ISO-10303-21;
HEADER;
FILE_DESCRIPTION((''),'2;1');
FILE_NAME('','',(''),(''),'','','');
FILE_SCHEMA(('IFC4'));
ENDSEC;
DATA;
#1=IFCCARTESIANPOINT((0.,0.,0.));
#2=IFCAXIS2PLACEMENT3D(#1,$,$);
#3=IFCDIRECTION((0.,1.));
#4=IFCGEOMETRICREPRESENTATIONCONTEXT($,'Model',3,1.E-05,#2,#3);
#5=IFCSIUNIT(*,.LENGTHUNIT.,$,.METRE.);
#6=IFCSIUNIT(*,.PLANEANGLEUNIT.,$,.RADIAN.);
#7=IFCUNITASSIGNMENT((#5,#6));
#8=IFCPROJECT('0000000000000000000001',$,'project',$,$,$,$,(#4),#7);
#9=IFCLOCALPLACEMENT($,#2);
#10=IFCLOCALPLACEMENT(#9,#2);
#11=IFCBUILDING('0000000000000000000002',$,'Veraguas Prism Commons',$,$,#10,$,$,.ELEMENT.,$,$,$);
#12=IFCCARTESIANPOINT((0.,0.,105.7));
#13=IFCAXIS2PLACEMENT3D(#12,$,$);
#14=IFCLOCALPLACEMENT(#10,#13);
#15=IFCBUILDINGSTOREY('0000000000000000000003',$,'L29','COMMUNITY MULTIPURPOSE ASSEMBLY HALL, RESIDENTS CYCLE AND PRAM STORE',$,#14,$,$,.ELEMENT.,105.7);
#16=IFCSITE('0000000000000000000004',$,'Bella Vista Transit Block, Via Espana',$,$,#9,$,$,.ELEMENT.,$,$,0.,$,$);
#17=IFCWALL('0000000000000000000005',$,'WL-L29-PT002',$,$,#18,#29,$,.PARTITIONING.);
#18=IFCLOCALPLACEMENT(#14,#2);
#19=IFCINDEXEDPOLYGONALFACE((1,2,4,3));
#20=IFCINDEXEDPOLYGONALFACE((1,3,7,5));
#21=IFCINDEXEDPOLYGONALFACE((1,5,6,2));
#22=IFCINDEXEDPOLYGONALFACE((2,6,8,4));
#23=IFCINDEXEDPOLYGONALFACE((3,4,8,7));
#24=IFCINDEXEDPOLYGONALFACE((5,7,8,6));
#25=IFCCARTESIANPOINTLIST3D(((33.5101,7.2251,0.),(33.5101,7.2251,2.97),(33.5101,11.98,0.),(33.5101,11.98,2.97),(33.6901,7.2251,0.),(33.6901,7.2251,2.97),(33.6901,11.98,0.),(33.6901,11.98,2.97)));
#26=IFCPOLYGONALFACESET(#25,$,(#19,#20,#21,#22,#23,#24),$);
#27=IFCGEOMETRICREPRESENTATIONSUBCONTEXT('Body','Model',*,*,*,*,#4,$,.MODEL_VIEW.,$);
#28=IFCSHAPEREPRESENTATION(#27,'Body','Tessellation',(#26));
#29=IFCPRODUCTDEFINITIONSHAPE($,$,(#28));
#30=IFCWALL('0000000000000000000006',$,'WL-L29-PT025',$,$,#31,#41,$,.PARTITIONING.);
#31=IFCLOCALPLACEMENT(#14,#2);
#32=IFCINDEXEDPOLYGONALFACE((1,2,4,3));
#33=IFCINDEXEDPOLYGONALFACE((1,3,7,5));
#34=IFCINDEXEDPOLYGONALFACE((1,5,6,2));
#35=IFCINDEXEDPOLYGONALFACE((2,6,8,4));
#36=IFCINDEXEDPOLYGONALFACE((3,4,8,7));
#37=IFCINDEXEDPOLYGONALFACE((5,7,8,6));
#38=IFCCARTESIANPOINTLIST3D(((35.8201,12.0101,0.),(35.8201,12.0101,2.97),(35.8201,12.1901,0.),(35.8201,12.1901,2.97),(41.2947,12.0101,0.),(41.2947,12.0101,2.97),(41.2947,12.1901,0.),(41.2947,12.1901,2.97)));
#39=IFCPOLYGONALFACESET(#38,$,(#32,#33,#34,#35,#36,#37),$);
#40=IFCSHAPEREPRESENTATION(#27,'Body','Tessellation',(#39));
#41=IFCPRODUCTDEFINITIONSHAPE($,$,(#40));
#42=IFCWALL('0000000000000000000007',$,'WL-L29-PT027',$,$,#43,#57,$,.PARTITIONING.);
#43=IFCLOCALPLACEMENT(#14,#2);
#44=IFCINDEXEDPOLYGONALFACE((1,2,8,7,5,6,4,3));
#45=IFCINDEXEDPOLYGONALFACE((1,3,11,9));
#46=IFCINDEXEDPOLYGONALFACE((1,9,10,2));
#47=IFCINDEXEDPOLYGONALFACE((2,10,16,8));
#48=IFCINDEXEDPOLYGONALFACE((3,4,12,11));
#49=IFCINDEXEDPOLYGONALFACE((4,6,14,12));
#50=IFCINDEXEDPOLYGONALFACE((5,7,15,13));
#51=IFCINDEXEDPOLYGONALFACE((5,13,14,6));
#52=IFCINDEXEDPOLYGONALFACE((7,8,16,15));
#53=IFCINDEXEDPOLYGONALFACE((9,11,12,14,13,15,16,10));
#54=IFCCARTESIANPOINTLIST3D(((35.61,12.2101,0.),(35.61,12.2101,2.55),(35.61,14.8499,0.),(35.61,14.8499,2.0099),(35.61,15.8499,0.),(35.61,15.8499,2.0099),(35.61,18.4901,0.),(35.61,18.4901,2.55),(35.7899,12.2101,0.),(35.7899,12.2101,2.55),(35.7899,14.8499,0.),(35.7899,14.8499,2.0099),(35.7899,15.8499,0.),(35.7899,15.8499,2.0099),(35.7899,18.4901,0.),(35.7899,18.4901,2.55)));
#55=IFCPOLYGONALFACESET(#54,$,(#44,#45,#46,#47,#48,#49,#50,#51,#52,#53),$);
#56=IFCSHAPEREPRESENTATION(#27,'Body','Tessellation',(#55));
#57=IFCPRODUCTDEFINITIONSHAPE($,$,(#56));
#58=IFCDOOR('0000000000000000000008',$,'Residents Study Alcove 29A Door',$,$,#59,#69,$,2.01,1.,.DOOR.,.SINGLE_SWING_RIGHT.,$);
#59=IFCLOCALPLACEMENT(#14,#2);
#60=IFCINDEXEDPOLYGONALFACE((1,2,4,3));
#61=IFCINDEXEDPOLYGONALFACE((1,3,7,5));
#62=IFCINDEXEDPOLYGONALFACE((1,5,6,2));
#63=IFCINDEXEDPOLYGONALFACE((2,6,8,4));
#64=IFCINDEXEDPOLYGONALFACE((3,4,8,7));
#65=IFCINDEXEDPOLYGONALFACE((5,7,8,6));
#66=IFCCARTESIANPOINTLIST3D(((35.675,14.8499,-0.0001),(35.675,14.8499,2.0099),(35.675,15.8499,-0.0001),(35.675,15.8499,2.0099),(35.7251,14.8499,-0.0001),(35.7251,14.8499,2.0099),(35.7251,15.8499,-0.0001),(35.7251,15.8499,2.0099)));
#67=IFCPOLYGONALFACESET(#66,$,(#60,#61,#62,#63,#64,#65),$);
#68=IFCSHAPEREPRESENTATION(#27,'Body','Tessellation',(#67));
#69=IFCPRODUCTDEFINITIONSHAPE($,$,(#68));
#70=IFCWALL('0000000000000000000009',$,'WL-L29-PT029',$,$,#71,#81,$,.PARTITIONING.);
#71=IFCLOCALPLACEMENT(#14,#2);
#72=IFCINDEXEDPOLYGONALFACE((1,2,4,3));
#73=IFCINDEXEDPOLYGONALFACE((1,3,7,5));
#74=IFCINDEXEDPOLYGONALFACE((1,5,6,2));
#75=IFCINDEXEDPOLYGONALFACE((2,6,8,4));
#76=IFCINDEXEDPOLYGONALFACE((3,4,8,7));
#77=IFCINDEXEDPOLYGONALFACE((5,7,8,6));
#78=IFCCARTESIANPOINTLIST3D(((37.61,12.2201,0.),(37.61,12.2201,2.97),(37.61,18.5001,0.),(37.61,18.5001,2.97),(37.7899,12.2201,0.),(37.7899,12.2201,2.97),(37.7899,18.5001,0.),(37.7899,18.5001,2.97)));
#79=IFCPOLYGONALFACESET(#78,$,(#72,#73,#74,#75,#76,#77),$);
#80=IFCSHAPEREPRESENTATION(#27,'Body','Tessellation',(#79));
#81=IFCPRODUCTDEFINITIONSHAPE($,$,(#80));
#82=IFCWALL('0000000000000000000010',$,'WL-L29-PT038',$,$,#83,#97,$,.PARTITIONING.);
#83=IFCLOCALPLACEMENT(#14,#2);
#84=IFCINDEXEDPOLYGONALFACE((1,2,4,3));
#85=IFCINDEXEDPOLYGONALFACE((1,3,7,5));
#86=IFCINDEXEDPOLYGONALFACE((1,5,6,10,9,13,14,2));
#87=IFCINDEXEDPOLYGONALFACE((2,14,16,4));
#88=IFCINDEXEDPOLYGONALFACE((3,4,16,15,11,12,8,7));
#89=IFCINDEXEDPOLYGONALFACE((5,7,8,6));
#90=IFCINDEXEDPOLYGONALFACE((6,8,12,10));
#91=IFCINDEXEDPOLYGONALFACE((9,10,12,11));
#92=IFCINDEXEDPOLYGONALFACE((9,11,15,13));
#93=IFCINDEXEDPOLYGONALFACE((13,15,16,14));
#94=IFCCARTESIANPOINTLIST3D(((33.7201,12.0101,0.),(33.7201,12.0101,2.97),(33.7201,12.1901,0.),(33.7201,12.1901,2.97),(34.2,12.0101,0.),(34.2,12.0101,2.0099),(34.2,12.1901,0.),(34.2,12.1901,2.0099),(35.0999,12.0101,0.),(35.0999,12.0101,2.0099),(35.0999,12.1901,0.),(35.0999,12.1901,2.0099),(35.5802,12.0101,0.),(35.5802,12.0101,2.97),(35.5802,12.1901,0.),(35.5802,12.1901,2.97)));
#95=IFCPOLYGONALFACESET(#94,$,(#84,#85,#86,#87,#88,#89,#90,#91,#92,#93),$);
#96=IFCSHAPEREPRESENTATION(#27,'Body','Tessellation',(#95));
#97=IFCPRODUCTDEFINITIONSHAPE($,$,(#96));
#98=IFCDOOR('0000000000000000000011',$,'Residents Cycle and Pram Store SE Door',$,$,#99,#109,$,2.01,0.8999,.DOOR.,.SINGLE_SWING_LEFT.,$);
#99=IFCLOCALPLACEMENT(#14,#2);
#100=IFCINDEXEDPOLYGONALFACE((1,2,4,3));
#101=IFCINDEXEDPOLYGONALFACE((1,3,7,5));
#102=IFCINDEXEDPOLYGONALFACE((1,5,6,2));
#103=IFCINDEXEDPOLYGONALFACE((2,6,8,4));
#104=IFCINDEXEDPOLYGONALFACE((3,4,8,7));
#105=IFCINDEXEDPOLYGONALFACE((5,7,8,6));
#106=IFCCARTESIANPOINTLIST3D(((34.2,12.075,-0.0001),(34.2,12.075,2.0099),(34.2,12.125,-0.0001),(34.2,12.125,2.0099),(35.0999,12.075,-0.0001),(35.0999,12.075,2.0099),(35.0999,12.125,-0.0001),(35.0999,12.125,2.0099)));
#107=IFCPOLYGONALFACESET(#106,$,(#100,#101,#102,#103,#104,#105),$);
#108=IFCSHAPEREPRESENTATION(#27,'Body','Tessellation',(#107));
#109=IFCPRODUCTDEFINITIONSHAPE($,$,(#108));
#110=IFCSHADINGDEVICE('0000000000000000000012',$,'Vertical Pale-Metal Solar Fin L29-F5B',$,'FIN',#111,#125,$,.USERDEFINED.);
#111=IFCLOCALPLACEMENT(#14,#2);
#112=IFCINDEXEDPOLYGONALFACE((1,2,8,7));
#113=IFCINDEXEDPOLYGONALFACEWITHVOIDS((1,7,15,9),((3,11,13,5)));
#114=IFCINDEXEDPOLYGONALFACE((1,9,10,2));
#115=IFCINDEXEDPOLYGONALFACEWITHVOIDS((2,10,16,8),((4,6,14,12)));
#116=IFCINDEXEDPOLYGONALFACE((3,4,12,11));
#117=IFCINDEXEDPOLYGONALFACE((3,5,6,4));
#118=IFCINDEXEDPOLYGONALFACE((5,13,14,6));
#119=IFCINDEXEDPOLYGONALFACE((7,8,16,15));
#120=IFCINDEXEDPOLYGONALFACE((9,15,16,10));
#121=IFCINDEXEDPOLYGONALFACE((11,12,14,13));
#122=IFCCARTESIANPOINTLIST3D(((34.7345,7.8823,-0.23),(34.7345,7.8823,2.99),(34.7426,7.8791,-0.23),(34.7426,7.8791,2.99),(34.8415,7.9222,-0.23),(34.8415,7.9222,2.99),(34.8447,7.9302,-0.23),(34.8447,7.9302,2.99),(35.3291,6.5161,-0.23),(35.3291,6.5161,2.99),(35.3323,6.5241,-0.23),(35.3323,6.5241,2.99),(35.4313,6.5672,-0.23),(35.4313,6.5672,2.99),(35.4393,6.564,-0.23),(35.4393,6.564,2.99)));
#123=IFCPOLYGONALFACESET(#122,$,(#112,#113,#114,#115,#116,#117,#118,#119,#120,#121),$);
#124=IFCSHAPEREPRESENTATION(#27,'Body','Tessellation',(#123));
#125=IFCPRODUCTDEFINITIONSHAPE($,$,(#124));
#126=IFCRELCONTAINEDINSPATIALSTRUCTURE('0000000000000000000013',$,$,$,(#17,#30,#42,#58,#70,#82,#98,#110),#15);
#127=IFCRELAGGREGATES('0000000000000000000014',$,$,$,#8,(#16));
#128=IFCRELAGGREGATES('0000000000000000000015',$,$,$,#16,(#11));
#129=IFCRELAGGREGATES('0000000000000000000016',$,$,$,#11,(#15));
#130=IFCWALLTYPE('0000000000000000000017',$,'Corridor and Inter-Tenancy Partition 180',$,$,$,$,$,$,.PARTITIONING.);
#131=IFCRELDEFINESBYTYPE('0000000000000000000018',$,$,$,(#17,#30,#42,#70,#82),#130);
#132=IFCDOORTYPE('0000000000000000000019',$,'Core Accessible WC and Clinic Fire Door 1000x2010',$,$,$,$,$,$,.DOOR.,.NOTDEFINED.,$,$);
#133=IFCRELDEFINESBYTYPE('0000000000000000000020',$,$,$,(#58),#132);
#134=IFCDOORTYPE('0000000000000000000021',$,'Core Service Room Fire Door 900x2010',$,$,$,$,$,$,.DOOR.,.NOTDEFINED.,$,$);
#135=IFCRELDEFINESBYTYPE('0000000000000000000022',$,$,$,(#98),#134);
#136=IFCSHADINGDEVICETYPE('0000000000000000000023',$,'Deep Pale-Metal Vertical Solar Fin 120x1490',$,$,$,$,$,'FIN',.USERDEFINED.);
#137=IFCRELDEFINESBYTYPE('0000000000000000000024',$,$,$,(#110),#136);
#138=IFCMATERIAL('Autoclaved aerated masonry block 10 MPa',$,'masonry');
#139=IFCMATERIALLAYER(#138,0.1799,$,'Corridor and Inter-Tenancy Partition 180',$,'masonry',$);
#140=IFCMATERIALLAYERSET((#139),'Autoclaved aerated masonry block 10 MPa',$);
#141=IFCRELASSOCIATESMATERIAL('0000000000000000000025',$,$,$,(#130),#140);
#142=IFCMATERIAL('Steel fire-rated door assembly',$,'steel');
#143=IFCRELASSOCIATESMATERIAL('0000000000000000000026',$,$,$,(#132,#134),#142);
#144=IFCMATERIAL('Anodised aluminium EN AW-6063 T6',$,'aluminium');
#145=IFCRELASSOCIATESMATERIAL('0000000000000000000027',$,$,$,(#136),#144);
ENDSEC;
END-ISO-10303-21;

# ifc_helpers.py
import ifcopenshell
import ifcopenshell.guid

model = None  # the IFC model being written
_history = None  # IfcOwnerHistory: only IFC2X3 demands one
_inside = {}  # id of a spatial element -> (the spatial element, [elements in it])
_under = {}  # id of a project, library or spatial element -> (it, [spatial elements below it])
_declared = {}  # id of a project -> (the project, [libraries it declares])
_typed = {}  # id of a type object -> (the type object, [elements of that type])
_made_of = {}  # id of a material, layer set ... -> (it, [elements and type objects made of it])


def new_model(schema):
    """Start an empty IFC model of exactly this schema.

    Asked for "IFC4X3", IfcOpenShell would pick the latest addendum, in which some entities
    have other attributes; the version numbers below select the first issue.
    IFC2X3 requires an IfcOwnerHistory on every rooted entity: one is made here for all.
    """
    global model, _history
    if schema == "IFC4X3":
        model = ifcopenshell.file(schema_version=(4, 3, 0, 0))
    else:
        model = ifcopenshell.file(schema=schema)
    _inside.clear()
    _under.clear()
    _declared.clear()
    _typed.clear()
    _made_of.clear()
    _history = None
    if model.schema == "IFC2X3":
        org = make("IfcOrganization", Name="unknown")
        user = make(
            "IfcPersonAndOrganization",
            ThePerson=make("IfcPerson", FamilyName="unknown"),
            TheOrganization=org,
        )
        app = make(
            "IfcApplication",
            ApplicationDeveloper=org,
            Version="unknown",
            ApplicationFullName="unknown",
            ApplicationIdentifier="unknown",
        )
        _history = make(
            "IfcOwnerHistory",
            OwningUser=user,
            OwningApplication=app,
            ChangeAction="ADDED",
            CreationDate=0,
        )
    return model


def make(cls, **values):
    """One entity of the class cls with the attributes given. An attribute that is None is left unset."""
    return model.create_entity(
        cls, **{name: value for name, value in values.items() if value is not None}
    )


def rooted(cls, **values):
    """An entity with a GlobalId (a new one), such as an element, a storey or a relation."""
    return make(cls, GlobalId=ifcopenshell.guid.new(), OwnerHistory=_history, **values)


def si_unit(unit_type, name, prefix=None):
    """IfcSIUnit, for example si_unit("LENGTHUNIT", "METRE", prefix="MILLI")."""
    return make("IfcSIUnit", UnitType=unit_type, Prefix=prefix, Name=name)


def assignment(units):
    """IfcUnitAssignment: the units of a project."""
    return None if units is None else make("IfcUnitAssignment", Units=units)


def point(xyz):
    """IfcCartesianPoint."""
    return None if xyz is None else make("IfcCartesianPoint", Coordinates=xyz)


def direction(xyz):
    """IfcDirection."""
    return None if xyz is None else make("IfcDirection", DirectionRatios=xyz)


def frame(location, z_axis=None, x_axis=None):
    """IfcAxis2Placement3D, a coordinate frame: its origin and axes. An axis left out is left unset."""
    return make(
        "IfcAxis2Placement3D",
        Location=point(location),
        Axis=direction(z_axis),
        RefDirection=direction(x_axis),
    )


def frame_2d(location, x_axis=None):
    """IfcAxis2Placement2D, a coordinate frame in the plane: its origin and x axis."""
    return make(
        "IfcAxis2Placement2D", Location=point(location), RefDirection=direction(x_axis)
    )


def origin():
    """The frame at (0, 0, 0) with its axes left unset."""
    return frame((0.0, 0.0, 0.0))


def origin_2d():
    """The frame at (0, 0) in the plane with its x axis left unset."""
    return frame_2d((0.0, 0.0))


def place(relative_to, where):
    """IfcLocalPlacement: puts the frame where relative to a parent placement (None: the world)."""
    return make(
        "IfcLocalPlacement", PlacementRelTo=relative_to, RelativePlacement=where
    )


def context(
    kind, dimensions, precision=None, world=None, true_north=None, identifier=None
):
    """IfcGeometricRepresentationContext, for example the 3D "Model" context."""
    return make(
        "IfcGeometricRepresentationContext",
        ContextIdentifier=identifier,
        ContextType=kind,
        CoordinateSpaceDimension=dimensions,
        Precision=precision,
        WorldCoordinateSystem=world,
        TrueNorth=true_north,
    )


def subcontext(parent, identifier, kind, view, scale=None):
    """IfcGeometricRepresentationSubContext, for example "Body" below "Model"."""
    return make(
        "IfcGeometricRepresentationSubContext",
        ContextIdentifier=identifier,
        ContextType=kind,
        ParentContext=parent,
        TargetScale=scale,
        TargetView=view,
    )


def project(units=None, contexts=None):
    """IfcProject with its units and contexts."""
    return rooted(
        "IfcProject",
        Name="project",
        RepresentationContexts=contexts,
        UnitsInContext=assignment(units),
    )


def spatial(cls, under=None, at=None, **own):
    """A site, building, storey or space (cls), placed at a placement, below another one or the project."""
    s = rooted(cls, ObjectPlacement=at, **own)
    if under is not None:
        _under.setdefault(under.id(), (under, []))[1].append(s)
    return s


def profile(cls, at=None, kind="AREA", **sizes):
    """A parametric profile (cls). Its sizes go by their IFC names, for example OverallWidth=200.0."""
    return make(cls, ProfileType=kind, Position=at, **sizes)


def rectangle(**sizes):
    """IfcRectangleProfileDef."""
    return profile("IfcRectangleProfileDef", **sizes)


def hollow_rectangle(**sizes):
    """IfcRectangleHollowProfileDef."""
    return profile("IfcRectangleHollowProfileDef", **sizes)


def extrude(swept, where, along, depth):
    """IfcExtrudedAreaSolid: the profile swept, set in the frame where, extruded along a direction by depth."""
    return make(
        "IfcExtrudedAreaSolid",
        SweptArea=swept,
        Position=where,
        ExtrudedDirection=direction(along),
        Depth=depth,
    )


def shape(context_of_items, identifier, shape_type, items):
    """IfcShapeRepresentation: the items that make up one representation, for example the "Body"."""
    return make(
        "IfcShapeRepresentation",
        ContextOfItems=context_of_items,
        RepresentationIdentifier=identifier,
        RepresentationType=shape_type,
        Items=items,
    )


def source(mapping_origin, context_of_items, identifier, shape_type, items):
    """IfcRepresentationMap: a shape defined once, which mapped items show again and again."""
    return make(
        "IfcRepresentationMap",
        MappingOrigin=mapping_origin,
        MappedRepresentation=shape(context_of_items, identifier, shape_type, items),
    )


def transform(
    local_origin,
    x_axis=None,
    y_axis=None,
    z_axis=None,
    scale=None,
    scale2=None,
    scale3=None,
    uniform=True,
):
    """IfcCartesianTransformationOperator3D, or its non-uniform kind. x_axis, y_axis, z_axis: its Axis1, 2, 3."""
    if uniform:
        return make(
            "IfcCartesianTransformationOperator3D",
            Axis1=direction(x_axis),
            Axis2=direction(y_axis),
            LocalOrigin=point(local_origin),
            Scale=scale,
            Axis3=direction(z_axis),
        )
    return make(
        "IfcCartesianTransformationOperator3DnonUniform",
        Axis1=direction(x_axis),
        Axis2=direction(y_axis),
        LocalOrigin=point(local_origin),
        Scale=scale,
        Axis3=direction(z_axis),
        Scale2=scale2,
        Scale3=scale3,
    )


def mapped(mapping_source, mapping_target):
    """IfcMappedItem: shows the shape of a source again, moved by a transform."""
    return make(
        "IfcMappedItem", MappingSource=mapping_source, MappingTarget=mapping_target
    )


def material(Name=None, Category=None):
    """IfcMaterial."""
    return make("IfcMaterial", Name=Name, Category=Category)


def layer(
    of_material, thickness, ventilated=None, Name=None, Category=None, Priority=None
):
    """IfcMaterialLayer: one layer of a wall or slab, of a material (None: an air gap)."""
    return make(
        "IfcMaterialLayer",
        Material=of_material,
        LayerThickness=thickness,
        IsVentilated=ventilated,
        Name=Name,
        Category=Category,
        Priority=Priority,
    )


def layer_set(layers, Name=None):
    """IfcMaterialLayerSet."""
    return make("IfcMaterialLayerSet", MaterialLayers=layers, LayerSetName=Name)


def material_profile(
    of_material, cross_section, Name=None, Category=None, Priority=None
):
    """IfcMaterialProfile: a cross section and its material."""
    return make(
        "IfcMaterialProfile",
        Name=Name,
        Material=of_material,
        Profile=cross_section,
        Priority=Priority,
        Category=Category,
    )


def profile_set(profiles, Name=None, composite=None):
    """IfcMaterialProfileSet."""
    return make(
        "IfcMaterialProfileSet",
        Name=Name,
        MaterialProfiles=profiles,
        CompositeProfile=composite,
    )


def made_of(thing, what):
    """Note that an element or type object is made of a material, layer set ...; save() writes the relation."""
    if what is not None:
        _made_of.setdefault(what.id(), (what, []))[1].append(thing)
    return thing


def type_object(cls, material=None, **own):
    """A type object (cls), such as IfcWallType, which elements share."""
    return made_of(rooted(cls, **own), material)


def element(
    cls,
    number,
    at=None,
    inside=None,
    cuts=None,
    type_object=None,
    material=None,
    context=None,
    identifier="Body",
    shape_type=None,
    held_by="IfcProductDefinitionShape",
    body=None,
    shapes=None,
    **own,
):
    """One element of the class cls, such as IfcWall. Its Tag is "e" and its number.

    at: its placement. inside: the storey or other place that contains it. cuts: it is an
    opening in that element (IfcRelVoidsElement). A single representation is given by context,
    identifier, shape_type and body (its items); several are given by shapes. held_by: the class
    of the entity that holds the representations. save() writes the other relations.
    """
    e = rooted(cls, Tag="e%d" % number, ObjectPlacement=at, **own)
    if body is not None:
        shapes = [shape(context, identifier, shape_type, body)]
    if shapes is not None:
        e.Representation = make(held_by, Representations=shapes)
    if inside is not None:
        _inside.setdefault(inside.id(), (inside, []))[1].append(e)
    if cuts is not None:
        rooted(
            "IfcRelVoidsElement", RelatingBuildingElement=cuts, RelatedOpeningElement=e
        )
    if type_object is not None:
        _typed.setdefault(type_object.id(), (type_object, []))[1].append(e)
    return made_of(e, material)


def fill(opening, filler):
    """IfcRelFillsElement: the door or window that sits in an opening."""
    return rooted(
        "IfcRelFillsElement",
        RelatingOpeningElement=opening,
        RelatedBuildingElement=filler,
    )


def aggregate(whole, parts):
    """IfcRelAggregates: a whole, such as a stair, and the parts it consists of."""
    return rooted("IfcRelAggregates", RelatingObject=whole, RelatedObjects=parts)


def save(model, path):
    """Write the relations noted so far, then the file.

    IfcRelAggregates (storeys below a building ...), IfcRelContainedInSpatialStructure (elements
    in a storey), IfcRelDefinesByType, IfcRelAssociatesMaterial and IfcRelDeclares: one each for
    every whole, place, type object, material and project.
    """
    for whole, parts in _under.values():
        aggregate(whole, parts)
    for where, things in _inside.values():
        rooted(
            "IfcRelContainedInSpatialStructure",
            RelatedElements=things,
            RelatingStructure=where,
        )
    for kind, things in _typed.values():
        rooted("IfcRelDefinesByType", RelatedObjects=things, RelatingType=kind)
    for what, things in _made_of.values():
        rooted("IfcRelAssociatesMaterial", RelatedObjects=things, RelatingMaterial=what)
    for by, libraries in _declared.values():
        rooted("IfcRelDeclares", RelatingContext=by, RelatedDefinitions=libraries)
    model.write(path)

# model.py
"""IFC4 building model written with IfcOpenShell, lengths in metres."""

from ifc_helpers import new_model, si_unit, direction, frame, frame_2d, origin, origin_2d, place, context, subcontext, project, spatial, rectangle, hollow_rectangle, extrude, source, transform, mapped, material, layer, layer_set, material_profile, profile_set, type_object, element, fill, save


model = new_model("IFC4")

# Units and contexts
model_context = context("Model", 3, precision=1e-05, world=origin(), true_north=direction((0.0, 1.0)))
body_context = subcontext(model_context, "Body", "Model", "MODEL_VIEW")
ifc_project = project(units=[si_unit("LENGTHUNIT", "METRE"), si_unit("PLANEANGLEUNIT", "RADIAN")], contexts=[model_context])

# Site, building, storey
site_placement = place(None, origin())
site = spatial("IfcSite", under=ifc_project, at=site_placement, Name="Bella Vista Transit Block, Via Espana", CompositionType="ELEMENT", RefElevation=0.0)
building_placement = place(site_placement, origin())
building = spatial("IfcBuilding", under=site, at=building_placement, Name="Veraguas Prism Commons", CompositionType="ELEMENT")
storey_placement = place(building_placement, frame((0.0, 0.0, 105.7)))
storey = spatial("IfcBuildingStorey", under=building, at=storey_placement, Name="L29", Description="COMMUNITY MULTIPURPOSE ASSEMBLY HALL, RESIDENTS CYCLE AND PRAM STORE", CompositionType="ELEMENT", Elevation=105.7)

# Shared definitions
ifc_material_1 = material(Name="Anodised aluminium EN AW-6063 T6", Category="aluminium")

# Walls
ifc_material_2 = material(Name="Autoclaved aerated masonry block 10 MPa", Category="masonry")
ifc_layer_1 = layer(ifc_material_2, 0.1799, Name="Corridor and Inter-Tenancy Partition 180", Category="masonry")
ifc_layer_set_1 = layer_set([ifc_layer_1], Name="Autoclaved aerated masonry block 10 MPa")
wall_type = type_object("IfcWallType", Name="Corridor and Inter-Tenancy Partition 180", PredefinedType="PARTITIONING", material=ifc_layer_set_1)
wall_1_placement = place(storey_placement, frame((33.6001, 11.98, 0.0), z_axis=(0.0, 0.0, 1.0), x_axis=(0.0, -1.0, 0.0)))
element("IfcWall", 1, at=wall_1_placement, inside=storey, type_object=wall_type, Name="WL-L29-PT002", PredefinedType="PARTITIONING", context=body_context, shape_type="SweptSolid", body=[
    extrude(rectangle(XDim=4.7549, YDim=0.1799, at=frame_2d((2.3774, 0.0))), origin(), (0.0, 0.0, 1.0), 2.97),
])
wall_2_placement = place(storey_placement, frame((35.8201, 12.1001, 0.0), z_axis=(0.0, 0.0, 1.0), x_axis=(1.0, 0.0, 0.0)))
element("IfcWall", 2, at=wall_2_placement, inside=storey, type_object=wall_type, Name="WL-L29-PT025", PredefinedType="PARTITIONING", context=body_context, shape_type="SweptSolid", body=[
    extrude(rectangle(XDim=5.4746, YDim=0.1799, at=frame_2d((2.7373, 0.0))), origin(), (0.0, 0.0, 1.0), 2.97),
])

# Wall, opening, door
wall_3_placement = place(storey_placement, frame((35.7, 12.21, 0.0), z_axis=(0.0, 0.0, 1.0), x_axis=(0.0, 1.0, 0.0)))
wall_3 = element("IfcWall", 3, at=wall_3_placement, inside=storey, type_object=wall_type, Name="WL-L29-PT027", PredefinedType="PARTITIONING", context=body_context, shape_type="SweptSolid", body=[
    extrude(rectangle(XDim=6.28, YDim=0.1799, at=frame_2d((3.1401, 0.0))), origin(), (0.0, 0.0, 1.0), 2.55),
])
opening_1_placement = place(wall_3_placement, frame((2.6399, 0.0, 0.0)))
opening_1 = element("IfcOpeningElement", 4, at=opening_1_placement, cuts=wall_3, PredefinedType="OPENING", context=body_context, shape_type="SweptSolid", body=[
    extrude(rectangle(XDim=1.0, YDim=2.01, at=frame_2d((0.5, 1.0049))), frame((0.0, 0.0999, 0.0), z_axis=(0.0, -1.0, 0.0), x_axis=(1.0, 0.0, 0.0)), (0.0, 0.0, 1.0), 0.2),
])
ifc_material_3 = material(Name="Steel fire-rated door assembly", Category="steel")
door_type_1 = type_object("IfcDoorType", Name="Core Accessible WC and Clinic Fire Door 1000x2010", OperationType="NOTDEFINED", PredefinedType="DOOR", material=ifc_material_3)
shared_shape_1 = source(origin(), body_context, "Body", "SweptSolid", [
    extrude(rectangle(XDim=1.0, YDim=2.01, at=frame_2d((0.5, 1.0049))), frame((0.0, 0.0249, 0.0), z_axis=(0.0, -1.0, 0.0), x_axis=(1.0, 0.0, 0.0)), (0.0, 0.0, 1.0), 0.05),
])
door_1_placement = place(opening_1_placement, origin())
door_1 = element("IfcDoor", 5, at=door_1_placement, inside=storey, type_object=door_type_1, Name="Residents Study Alcove 29A Door", OperationType="SINGLE_SWING_RIGHT", OverallHeight=2.01, OverallWidth=1.0, PredefinedType="DOOR", context=body_context, shape_type="MappedRepresentation", body=[
    mapped(shared_shape_1, transform((0.0, 0.0, 0.0), scale=1.0)),
])
fill(opening_1, door_1)

# Wall
wall_4_placement = place(storey_placement, frame((37.7, 12.22, 0.0), z_axis=(0.0, 0.0, 1.0), x_axis=(0.0, 1.0, 0.0)))
element("IfcWall", 6, at=wall_4_placement, inside=storey, type_object=wall_type, Name="WL-L29-PT029", PredefinedType="PARTITIONING", context=body_context, shape_type="SweptSolid", body=[
    extrude(rectangle(XDim=6.28, YDim=0.1799, at=frame_2d((3.1401, 0.0))), origin(), (0.0, 0.0, 1.0), 2.97),
])

# Wall, opening, door
wall_5_placement = place(storey_placement, frame((33.72, 12.1001, 0.0), z_axis=(0.0, 0.0, 1.0), x_axis=(1.0, 0.0, 0.0)))
wall_5 = element("IfcWall", 7, at=wall_5_placement, inside=storey, type_object=wall_type, Name="WL-L29-PT038", PredefinedType="PARTITIONING", context=body_context, shape_type="SweptSolid", body=[
    extrude(rectangle(XDim=1.8601, YDim=0.1799, at=frame_2d((0.9302, 0.0))), origin(), (0.0, 0.0, 1.0), 2.97),
])
opening_2_placement = place(wall_5_placement, frame((0.48, 0.0, 0.0)))
opening_2 = element("IfcOpeningElement", 8, at=opening_2_placement, cuts=wall_5, PredefinedType="OPENING", context=body_context, shape_type="SweptSolid", body=[
    extrude(rectangle(XDim=0.8999, YDim=2.01, at=frame_2d((0.45, 1.0049))), frame((0.0, 0.0999, 0.0), z_axis=(0.0, -1.0, 0.0), x_axis=(1.0, 0.0, 0.0)), (0.0, 0.0, 1.0), 0.2),
])
door_type_2 = type_object("IfcDoorType", Name="Core Service Room Fire Door 900x2010", OperationType="NOTDEFINED", PredefinedType="DOOR", material=ifc_material_3)
shared_shape_2 = source(origin(), body_context, "Body", "SweptSolid", [
    extrude(rectangle(XDim=0.8999, YDim=2.01, at=frame_2d((0.45, 1.0049))), frame((0.0, 0.0249, 0.0), z_axis=(0.0, -1.0, 0.0), x_axis=(1.0, 0.0, 0.0)), (0.0, 0.0, 1.0), 0.05),
])
door_2_placement = place(opening_2_placement, origin())
door_2 = element("IfcDoor", 9, at=door_2_placement, inside=storey, type_object=door_type_2, Name="Residents Cycle and Pram Store SE Door", OperationType="SINGLE_SWING_LEFT", OverallHeight=2.01, OverallWidth=0.8999, PredefinedType="DOOR", context=body_context, shape_type="MappedRepresentation", body=[
    mapped(shared_shape_2, transform((0.0, 0.0, 0.0), scale=1.0)),
])
fill(opening_2, door_2)

# Shading device
ifc_material_profile_1 = material_profile(ifc_material_1, hollow_rectangle(XDim=0.1201, YDim=1.49, WallThickness=0.0061, at=origin_2d()), Name="FIN120X1490X6")
ifc_profile_set_1 = profile_set([ifc_material_profile_1], Name="Anodised aluminium EN AW-6063 T6")
shading_device_type = type_object("IfcShadingDeviceType", Name="Deep Pale-Metal Vertical Solar Fin 120x1490", ElementType="FIN", PredefinedType="USERDEFINED", material=ifc_profile_set_1)
shading_device_placement = place(storey_placement, frame((35.0869, 7.2231, -0.23), z_axis=(0.0, 0.0, 1.0), x_axis=(0.916921, 0.399069, 0.0)))
element("IfcShadingDevice", 10, at=shading_device_placement, inside=storey, type_object=shading_device_type, Name="Vertical Pale-Metal Solar Fin L29-F5B", ObjectType="FIN", PredefinedType="USERDEFINED", context=body_context, shape_type="SweptSolid", body=[
    extrude(hollow_rectangle(XDim=0.1201, YDim=1.49, WallThickness=0.0061, at=origin_2d()), origin(), (0.0, 0.0, 1.0), 3.22),
])

save(model, "model.ifc")
